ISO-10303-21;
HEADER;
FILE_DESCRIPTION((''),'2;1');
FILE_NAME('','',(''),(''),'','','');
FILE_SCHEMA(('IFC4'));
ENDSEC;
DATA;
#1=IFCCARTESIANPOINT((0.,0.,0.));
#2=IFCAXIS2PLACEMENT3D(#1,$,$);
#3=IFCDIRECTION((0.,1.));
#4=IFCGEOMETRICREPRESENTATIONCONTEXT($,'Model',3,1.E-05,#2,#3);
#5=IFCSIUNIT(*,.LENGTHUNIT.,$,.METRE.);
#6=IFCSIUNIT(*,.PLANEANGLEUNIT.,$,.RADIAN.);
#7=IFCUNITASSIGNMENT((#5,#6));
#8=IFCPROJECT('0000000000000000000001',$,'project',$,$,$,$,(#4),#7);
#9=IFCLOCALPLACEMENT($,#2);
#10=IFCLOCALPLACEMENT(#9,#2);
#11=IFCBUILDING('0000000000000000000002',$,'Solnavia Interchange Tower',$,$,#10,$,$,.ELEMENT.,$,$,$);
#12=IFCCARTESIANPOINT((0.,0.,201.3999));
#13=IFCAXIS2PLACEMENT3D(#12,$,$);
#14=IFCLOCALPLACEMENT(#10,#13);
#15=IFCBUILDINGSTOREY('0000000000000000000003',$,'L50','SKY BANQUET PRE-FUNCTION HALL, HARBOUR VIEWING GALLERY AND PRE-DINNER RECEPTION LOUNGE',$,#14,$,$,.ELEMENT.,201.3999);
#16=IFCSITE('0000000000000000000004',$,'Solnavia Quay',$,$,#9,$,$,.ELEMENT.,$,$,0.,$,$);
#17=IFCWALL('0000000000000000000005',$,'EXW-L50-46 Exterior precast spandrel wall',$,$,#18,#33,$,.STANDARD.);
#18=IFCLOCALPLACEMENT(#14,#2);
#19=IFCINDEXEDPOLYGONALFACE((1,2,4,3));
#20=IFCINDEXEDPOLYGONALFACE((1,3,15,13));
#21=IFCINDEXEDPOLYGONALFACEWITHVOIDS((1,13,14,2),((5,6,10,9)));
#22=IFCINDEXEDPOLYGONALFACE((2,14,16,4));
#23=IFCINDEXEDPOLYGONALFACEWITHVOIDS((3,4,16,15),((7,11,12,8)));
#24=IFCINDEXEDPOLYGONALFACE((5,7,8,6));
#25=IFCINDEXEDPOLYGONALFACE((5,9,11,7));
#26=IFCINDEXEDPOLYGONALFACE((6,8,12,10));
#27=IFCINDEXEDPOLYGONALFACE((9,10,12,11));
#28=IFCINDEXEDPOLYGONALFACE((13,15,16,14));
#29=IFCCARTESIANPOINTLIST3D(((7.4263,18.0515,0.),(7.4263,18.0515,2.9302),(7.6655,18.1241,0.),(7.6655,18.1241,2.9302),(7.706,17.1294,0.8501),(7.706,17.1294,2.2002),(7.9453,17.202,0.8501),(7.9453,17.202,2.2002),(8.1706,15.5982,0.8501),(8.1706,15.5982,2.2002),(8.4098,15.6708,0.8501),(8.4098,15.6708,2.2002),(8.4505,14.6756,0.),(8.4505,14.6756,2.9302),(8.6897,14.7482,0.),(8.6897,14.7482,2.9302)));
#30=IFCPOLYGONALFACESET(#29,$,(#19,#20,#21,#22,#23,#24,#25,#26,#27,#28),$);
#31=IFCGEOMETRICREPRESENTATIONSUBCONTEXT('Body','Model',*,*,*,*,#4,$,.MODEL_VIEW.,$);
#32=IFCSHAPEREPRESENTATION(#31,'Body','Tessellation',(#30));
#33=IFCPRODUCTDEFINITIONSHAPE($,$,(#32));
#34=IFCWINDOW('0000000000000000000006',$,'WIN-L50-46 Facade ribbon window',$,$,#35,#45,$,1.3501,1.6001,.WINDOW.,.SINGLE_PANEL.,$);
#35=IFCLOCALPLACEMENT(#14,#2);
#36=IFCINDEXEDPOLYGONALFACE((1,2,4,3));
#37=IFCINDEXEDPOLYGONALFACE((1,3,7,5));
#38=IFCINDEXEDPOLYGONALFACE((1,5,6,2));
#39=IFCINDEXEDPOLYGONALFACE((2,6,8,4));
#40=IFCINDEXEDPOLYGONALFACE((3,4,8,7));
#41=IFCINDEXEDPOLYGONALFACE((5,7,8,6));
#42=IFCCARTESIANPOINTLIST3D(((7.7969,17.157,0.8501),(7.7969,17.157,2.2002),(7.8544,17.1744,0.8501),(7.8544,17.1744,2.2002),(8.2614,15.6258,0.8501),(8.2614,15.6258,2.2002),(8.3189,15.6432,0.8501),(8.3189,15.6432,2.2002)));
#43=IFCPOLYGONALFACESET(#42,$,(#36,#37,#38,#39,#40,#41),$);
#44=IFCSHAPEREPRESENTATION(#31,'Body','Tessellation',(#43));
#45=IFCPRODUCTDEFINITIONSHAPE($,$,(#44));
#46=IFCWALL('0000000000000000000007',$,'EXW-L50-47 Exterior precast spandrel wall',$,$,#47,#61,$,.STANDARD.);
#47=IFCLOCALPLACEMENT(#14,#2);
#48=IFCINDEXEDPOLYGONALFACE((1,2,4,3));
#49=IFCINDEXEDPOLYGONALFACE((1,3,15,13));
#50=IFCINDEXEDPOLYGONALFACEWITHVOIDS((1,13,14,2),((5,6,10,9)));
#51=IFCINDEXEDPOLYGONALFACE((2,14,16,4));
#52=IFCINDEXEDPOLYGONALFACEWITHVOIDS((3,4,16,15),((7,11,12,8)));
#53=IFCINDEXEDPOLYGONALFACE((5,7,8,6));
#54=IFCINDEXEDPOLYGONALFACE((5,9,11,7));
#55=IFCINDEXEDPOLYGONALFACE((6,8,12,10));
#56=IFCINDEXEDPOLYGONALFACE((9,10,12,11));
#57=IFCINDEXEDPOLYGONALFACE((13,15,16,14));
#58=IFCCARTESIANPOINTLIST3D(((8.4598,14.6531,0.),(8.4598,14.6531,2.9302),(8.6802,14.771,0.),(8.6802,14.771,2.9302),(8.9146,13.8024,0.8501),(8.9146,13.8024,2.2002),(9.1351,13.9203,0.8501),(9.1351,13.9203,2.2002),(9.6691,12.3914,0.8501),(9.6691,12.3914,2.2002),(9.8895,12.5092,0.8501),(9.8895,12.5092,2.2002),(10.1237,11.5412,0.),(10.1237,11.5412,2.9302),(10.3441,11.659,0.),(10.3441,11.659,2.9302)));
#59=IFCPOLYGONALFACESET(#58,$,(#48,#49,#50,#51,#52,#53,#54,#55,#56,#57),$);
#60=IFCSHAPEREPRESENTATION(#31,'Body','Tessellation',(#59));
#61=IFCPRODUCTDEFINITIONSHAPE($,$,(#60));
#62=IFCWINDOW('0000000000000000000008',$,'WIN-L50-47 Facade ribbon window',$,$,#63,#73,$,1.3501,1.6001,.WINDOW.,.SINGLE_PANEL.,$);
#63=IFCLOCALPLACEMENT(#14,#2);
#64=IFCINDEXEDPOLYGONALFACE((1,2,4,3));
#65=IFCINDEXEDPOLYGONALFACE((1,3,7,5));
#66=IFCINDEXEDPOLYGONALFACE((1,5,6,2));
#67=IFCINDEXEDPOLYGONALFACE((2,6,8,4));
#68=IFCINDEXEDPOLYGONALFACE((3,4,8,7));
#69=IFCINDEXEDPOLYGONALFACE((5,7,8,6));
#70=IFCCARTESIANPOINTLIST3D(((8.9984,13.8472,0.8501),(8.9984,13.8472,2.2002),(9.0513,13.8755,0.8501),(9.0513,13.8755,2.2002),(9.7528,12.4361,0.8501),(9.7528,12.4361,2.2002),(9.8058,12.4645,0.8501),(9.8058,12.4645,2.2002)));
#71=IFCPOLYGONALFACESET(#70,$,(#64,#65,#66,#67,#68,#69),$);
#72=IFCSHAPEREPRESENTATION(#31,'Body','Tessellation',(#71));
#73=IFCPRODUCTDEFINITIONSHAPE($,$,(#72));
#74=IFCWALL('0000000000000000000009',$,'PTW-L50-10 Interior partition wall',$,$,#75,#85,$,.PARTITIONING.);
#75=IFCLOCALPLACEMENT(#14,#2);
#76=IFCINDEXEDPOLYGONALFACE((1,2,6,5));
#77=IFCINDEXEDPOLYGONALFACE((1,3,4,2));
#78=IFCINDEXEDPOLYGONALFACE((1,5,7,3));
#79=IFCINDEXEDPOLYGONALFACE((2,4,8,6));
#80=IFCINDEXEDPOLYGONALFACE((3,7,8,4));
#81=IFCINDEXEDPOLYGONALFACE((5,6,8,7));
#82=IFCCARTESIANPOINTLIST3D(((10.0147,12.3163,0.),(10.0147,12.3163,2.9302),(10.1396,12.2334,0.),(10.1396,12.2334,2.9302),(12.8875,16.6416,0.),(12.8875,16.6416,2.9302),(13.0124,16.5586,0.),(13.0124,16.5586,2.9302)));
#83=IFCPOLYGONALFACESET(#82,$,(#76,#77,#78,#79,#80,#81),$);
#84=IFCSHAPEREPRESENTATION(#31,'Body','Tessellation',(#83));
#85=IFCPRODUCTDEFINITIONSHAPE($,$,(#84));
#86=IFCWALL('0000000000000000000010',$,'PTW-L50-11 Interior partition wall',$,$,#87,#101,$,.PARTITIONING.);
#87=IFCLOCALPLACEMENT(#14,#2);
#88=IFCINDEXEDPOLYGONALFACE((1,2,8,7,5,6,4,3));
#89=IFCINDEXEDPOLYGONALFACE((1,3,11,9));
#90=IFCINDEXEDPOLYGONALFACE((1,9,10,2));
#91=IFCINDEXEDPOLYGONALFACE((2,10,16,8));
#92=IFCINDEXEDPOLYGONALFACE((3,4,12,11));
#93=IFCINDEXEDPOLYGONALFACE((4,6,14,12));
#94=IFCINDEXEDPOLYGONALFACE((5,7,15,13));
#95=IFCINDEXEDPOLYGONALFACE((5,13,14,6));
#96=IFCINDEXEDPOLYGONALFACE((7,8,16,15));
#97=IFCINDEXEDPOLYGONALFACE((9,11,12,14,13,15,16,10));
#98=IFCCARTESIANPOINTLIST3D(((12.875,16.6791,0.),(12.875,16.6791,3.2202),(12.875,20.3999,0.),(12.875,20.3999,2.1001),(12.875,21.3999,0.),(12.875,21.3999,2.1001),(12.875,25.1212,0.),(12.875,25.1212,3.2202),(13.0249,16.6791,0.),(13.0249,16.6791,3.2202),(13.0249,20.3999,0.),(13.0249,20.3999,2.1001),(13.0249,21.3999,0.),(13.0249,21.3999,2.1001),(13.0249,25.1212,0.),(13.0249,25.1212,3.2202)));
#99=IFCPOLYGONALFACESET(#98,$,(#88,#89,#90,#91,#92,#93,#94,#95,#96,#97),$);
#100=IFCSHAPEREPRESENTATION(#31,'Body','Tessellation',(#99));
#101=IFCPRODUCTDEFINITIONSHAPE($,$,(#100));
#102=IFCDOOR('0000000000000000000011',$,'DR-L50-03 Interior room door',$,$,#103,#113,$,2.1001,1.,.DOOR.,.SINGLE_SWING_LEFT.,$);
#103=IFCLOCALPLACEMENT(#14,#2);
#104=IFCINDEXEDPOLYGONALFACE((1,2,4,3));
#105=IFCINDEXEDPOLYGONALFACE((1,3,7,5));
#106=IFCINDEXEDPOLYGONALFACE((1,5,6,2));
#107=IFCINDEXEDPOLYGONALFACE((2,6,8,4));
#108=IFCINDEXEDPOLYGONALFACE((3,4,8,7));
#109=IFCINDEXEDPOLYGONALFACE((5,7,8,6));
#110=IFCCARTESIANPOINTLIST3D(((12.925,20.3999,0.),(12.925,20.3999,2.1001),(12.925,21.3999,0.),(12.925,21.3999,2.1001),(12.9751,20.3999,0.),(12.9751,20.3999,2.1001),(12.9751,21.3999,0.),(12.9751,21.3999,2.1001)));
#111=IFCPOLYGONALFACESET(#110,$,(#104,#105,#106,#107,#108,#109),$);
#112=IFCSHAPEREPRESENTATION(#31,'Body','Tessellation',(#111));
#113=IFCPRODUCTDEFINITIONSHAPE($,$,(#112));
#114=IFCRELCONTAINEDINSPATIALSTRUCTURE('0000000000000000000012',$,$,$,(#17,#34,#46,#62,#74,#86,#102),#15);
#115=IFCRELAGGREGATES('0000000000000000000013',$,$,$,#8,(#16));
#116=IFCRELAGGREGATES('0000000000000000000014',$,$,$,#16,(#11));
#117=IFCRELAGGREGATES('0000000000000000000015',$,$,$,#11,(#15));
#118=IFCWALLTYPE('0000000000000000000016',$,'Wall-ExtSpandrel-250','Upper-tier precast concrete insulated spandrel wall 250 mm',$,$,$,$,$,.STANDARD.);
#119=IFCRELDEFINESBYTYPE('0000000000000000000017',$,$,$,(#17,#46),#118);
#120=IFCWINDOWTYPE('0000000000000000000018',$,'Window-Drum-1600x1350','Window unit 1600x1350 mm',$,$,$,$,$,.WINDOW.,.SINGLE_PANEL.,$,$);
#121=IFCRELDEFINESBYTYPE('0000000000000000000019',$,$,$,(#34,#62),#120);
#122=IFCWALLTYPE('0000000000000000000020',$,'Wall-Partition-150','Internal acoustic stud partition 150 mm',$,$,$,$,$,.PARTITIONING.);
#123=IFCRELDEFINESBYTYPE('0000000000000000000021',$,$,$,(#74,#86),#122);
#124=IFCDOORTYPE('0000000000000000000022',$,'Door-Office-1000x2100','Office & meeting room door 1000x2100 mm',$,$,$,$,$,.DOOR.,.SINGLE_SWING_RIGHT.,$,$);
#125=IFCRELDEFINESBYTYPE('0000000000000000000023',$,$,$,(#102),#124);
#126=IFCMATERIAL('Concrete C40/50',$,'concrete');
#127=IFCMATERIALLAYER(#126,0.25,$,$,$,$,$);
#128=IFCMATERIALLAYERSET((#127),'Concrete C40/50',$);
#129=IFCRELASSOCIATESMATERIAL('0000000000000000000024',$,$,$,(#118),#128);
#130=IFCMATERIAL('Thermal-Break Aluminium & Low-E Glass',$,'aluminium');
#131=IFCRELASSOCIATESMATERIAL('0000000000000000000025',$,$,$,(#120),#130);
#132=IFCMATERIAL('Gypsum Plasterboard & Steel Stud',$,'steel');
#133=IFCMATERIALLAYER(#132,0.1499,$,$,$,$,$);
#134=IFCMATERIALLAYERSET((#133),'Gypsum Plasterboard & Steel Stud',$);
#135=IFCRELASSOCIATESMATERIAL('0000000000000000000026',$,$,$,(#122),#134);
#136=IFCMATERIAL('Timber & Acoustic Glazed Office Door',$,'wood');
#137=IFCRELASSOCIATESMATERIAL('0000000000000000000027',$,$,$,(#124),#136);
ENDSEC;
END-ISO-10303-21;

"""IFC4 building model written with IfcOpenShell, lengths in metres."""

from ifc_helpers import new_model, si_unit, direction, frame, frame_2d, origin, place, context, subcontext, project, spatial, rectangle, extrude, material, layer, layer_set, type_object, element, fill, save


model = new_model("IFC4")

# Units and contexts
model_context = context("Model", 3, precision=1e-05, world=origin(), true_north=direction((0.0, 1.0)))
body_context = subcontext(model_context, "Body", "Model", "MODEL_VIEW")
ifc_project = project(units=[si_unit("LENGTHUNIT", "METRE"), si_unit("PLANEANGLEUNIT", "RADIAN")], contexts=[model_context])

# Site, building, storey
site_placement = place(None, origin())
site = spatial("IfcSite", under=ifc_project, at=site_placement, Name="Solnavia Quay", CompositionType="ELEMENT", RefElevation=0.0)
building_placement = place(site_placement, origin())
building = spatial("IfcBuilding", under=site, at=building_placement, Name="Solnavia Interchange Tower", CompositionType="ELEMENT")
storey_placement = place(building_placement, frame((0.0, 0.0, 201.3999)))
storey = spatial("IfcBuildingStorey", under=building, at=storey_placement, Name="L50", Description="SKY BANQUET PRE-FUNCTION HALL, HARBOUR VIEWING GALLERY AND PRE-DINNER RECEPTION LOUNGE", CompositionType="ELEMENT", Elevation=201.3999)

# Walls, openings, windows
ifc_material_1 = material(Name="Concrete C40/50", Category="concrete")
ifc_layer_1 = layer(ifc_material_1, 0.25)
ifc_layer_set_1 = layer_set([ifc_layer_1], Name="Concrete C40/50")
wall_type_1 = type_object("IfcWallType", Name="Wall-ExtSpandrel-250", Description="Upper-tier precast concrete insulated spandrel wall 250 mm", PredefinedType="STANDARD", material=ifc_layer_set_1)
ifc_material_2 = material(Name="Thermal-Break Aluminium & Low-E Glass", Category="aluminium")
window_type = type_object("IfcWindowType", Name="Window-Drum-1600x1350", Description="Window unit 1600x1350 mm", PartitioningType="SINGLE_PANEL", PredefinedType="WINDOW", material=ifc_material_2)
wall_1_placement = place(storey_placement, frame((8.5701, 14.7119, 0.0), z_axis=(0.0, 0.0, 1.0), x_axis=(-0.290305, 0.956934, 0.0)))
wall_1 = element("IfcWall", 1, at=wall_1_placement, inside=storey, type_object=wall_type_1, Name="EXW-L50-46 Exterior precast spandrel wall", PredefinedType="STANDARD", context=body_context, shape_type="SweptSolid", body=[
    extrude(rectangle(XDim=3.5278, YDim=0.25, at=frame_2d((1.7639, 0.0))), origin(), (0.0, 0.0, 1.0), 2.9302),
])
opening_1_placement = place(wall_1_placement, frame((0.9641, 0.0, 0.8501)))
opening_1 = element("IfcOpeningElement", 2, at=opening_1_placement, cuts=wall_1, PredefinedType="OPENING", context=body_context, shape_type="SweptSolid", body=[
    extrude(rectangle(XDim=1.6001, YDim=1.3501, at=frame_2d((0.8, 0.675))), frame((0.0, 0.135, 0.0), z_axis=(0.0, -1.0, 0.0), x_axis=(1.0, 0.0, 0.0)), (0.0, 0.0, 1.0), 0.27),
])
window_1_placement = place(opening_1_placement, origin())
window_1 = element("IfcWindow", 3, at=window_1_placement, inside=storey, type_object=window_type, Name="WIN-L50-46 Facade ribbon window", OverallHeight=1.3501, OverallWidth=1.6001, PartitioningType="SINGLE_PANEL", PredefinedType="WINDOW", context=body_context, shape_type="SweptSolid", body=[
    extrude(rectangle(XDim=1.6001, YDim=1.3501, at=frame_2d((0.8, 0.675))), frame((0.0, 0.03, 0.0), z_axis=(0.0, -1.0, 0.0), x_axis=(1.0, 0.0, 0.0)), (0.0, 0.0, 1.0), 0.0601),
])
fill(opening_1, window_1)
wall_2_placement = place(storey_placement, frame((10.2339, 11.6001, 0.0), z_axis=(0.0, 0.0, 1.0), x_axis=(-0.471511, 0.88186, 0.0)))
wall_2 = element("IfcWall", 4, at=wall_2_placement, inside=storey, type_object=wall_type_1, Name="EXW-L50-47 Exterior precast spandrel wall", PredefinedType="STANDARD", context=body_context, shape_type="SweptSolid", body=[
    extrude(rectangle(XDim=3.5288, YDim=0.25, at=frame_2d((1.7644, 0.0))), origin(), (0.0, 0.0, 1.0), 2.9302),
])
opening_2_placement = place(wall_2_placement, frame((0.9641, 0.0, 0.8501)))
opening_2 = element("IfcOpeningElement", 5, at=opening_2_placement, cuts=wall_2, PredefinedType="OPENING", context=body_context, shape_type="SweptSolid", body=[
    extrude(rectangle(XDim=1.6001, YDim=1.3501, at=frame_2d((0.8, 0.675))), frame((0.0, 0.135, 0.0), z_axis=(0.0, -1.0, 0.0), x_axis=(1.0, 0.0, 0.0)), (0.0, 0.0, 1.0), 0.27),
])
window_2_placement = place(opening_2_placement, origin())
window_2 = element("IfcWindow", 6, at=window_2_placement, inside=storey, type_object=window_type, Name="WIN-L50-47 Facade ribbon window", OverallHeight=1.3501, OverallWidth=1.6001, PartitioningType="SINGLE_PANEL", PredefinedType="WINDOW", context=body_context, shape_type="SweptSolid", body=[
    extrude(rectangle(XDim=1.6001, YDim=1.3501, at=frame_2d((0.8, 0.675))), frame((0.0, 0.03, 0.0), z_axis=(0.0, -1.0, 0.0), x_axis=(1.0, 0.0, 0.0)), (0.0, 0.0, 1.0), 0.0601),
])
fill(opening_2, window_2)

# Wall
ifc_material_3 = material(Name="Gypsum Plasterboard & Steel Stud", Category="steel")
ifc_layer_2 = layer(ifc_material_3, 0.1499)
ifc_layer_set_2 = layer_set([ifc_layer_2], Name="Gypsum Plasterboard & Steel Stud")
wall_type_2 = type_object("IfcWallType", Name="Wall-Partition-150", Description="Internal acoustic stud partition 150 mm", PredefinedType="PARTITIONING", material=ifc_layer_set_2)
wall_3_placement = place(storey_placement, frame((12.95, 16.6001, 0.0), z_axis=(0.0, 0.0, 1.0), x_axis=(-0.553278, -0.832997, 0.0)))
element("IfcWall", 7, at=wall_3_placement, inside=storey, type_object=wall_type_2, Name="PTW-L50-10 Interior partition wall", PredefinedType="PARTITIONING", context=body_context, shape_type="SweptSolid", body=[
    extrude(rectangle(XDim=5.1924, YDim=0.1499, at=frame_2d((2.5962, 0.0))), origin(), (0.0, 0.0, 1.0), 2.9302),
])

# Wall, opening, door
wall_4_placement = place(storey_placement, frame((12.95, 16.679, 0.0), z_axis=(0.0, 0.0, 1.0), x_axis=(0.0, 1.0, 0.0)))
wall_4 = element("IfcWall", 8, at=wall_4_placement, inside=storey, type_object=wall_type_2, Name="PTW-L50-11 Interior partition wall", PredefinedType="PARTITIONING", context=body_context, shape_type="SweptSolid", body=[
    extrude(rectangle(XDim=8.4421, YDim=0.1499, at=frame_2d((4.2212, 0.0))), origin(), (0.0, 0.0, 1.0), 3.2202),
])
opening_3_placement = place(wall_4_placement, frame((3.7209, 0.0, 0.0)))
opening_3 = element("IfcOpeningElement", 9, at=opening_3_placement, cuts=wall_4, PredefinedType="OPENING", context=body_context, shape_type="SweptSolid", body=[
    extrude(rectangle(XDim=1.0, YDim=2.1001, at=frame_2d((0.5, 1.05))), frame((0.0, 0.085, 0.0), z_axis=(0.0, -1.0, 0.0), x_axis=(1.0, 0.0, 0.0)), (0.0, 0.0, 1.0), 0.1699),
])
ifc_material_4 = material(Name="Timber & Acoustic Glazed Office Door", Category="wood")
door_type = type_object("IfcDoorType", Name="Door-Office-1000x2100", Description="Office & meeting room door 1000x2100 mm", OperationType="SINGLE_SWING_RIGHT", PredefinedType="DOOR", material=ifc_material_4)
door_placement = place(opening_3_placement, origin())
door = element("IfcDoor", 10, at=door_placement, inside=storey, type_object=door_type, Name="DR-L50-03 Interior room door", OperationType="SINGLE_SWING_LEFT", OverallHeight=2.1001, OverallWidth=1.0, PredefinedType="DOOR", context=body_context, shape_type="SweptSolid", body=[
    extrude(rectangle(XDim=1.0, YDim=2.1001, at=frame_2d((0.5, 1.05))), frame((0.0, 0.0249, 0.0), z_axis=(0.0, -1.0, 0.0), x_axis=(1.0, 0.0, 0.0)), (0.0, 0.0, 1.0), 0.05),
])
fill(opening_3, door)

save(model, "model.ifc")
